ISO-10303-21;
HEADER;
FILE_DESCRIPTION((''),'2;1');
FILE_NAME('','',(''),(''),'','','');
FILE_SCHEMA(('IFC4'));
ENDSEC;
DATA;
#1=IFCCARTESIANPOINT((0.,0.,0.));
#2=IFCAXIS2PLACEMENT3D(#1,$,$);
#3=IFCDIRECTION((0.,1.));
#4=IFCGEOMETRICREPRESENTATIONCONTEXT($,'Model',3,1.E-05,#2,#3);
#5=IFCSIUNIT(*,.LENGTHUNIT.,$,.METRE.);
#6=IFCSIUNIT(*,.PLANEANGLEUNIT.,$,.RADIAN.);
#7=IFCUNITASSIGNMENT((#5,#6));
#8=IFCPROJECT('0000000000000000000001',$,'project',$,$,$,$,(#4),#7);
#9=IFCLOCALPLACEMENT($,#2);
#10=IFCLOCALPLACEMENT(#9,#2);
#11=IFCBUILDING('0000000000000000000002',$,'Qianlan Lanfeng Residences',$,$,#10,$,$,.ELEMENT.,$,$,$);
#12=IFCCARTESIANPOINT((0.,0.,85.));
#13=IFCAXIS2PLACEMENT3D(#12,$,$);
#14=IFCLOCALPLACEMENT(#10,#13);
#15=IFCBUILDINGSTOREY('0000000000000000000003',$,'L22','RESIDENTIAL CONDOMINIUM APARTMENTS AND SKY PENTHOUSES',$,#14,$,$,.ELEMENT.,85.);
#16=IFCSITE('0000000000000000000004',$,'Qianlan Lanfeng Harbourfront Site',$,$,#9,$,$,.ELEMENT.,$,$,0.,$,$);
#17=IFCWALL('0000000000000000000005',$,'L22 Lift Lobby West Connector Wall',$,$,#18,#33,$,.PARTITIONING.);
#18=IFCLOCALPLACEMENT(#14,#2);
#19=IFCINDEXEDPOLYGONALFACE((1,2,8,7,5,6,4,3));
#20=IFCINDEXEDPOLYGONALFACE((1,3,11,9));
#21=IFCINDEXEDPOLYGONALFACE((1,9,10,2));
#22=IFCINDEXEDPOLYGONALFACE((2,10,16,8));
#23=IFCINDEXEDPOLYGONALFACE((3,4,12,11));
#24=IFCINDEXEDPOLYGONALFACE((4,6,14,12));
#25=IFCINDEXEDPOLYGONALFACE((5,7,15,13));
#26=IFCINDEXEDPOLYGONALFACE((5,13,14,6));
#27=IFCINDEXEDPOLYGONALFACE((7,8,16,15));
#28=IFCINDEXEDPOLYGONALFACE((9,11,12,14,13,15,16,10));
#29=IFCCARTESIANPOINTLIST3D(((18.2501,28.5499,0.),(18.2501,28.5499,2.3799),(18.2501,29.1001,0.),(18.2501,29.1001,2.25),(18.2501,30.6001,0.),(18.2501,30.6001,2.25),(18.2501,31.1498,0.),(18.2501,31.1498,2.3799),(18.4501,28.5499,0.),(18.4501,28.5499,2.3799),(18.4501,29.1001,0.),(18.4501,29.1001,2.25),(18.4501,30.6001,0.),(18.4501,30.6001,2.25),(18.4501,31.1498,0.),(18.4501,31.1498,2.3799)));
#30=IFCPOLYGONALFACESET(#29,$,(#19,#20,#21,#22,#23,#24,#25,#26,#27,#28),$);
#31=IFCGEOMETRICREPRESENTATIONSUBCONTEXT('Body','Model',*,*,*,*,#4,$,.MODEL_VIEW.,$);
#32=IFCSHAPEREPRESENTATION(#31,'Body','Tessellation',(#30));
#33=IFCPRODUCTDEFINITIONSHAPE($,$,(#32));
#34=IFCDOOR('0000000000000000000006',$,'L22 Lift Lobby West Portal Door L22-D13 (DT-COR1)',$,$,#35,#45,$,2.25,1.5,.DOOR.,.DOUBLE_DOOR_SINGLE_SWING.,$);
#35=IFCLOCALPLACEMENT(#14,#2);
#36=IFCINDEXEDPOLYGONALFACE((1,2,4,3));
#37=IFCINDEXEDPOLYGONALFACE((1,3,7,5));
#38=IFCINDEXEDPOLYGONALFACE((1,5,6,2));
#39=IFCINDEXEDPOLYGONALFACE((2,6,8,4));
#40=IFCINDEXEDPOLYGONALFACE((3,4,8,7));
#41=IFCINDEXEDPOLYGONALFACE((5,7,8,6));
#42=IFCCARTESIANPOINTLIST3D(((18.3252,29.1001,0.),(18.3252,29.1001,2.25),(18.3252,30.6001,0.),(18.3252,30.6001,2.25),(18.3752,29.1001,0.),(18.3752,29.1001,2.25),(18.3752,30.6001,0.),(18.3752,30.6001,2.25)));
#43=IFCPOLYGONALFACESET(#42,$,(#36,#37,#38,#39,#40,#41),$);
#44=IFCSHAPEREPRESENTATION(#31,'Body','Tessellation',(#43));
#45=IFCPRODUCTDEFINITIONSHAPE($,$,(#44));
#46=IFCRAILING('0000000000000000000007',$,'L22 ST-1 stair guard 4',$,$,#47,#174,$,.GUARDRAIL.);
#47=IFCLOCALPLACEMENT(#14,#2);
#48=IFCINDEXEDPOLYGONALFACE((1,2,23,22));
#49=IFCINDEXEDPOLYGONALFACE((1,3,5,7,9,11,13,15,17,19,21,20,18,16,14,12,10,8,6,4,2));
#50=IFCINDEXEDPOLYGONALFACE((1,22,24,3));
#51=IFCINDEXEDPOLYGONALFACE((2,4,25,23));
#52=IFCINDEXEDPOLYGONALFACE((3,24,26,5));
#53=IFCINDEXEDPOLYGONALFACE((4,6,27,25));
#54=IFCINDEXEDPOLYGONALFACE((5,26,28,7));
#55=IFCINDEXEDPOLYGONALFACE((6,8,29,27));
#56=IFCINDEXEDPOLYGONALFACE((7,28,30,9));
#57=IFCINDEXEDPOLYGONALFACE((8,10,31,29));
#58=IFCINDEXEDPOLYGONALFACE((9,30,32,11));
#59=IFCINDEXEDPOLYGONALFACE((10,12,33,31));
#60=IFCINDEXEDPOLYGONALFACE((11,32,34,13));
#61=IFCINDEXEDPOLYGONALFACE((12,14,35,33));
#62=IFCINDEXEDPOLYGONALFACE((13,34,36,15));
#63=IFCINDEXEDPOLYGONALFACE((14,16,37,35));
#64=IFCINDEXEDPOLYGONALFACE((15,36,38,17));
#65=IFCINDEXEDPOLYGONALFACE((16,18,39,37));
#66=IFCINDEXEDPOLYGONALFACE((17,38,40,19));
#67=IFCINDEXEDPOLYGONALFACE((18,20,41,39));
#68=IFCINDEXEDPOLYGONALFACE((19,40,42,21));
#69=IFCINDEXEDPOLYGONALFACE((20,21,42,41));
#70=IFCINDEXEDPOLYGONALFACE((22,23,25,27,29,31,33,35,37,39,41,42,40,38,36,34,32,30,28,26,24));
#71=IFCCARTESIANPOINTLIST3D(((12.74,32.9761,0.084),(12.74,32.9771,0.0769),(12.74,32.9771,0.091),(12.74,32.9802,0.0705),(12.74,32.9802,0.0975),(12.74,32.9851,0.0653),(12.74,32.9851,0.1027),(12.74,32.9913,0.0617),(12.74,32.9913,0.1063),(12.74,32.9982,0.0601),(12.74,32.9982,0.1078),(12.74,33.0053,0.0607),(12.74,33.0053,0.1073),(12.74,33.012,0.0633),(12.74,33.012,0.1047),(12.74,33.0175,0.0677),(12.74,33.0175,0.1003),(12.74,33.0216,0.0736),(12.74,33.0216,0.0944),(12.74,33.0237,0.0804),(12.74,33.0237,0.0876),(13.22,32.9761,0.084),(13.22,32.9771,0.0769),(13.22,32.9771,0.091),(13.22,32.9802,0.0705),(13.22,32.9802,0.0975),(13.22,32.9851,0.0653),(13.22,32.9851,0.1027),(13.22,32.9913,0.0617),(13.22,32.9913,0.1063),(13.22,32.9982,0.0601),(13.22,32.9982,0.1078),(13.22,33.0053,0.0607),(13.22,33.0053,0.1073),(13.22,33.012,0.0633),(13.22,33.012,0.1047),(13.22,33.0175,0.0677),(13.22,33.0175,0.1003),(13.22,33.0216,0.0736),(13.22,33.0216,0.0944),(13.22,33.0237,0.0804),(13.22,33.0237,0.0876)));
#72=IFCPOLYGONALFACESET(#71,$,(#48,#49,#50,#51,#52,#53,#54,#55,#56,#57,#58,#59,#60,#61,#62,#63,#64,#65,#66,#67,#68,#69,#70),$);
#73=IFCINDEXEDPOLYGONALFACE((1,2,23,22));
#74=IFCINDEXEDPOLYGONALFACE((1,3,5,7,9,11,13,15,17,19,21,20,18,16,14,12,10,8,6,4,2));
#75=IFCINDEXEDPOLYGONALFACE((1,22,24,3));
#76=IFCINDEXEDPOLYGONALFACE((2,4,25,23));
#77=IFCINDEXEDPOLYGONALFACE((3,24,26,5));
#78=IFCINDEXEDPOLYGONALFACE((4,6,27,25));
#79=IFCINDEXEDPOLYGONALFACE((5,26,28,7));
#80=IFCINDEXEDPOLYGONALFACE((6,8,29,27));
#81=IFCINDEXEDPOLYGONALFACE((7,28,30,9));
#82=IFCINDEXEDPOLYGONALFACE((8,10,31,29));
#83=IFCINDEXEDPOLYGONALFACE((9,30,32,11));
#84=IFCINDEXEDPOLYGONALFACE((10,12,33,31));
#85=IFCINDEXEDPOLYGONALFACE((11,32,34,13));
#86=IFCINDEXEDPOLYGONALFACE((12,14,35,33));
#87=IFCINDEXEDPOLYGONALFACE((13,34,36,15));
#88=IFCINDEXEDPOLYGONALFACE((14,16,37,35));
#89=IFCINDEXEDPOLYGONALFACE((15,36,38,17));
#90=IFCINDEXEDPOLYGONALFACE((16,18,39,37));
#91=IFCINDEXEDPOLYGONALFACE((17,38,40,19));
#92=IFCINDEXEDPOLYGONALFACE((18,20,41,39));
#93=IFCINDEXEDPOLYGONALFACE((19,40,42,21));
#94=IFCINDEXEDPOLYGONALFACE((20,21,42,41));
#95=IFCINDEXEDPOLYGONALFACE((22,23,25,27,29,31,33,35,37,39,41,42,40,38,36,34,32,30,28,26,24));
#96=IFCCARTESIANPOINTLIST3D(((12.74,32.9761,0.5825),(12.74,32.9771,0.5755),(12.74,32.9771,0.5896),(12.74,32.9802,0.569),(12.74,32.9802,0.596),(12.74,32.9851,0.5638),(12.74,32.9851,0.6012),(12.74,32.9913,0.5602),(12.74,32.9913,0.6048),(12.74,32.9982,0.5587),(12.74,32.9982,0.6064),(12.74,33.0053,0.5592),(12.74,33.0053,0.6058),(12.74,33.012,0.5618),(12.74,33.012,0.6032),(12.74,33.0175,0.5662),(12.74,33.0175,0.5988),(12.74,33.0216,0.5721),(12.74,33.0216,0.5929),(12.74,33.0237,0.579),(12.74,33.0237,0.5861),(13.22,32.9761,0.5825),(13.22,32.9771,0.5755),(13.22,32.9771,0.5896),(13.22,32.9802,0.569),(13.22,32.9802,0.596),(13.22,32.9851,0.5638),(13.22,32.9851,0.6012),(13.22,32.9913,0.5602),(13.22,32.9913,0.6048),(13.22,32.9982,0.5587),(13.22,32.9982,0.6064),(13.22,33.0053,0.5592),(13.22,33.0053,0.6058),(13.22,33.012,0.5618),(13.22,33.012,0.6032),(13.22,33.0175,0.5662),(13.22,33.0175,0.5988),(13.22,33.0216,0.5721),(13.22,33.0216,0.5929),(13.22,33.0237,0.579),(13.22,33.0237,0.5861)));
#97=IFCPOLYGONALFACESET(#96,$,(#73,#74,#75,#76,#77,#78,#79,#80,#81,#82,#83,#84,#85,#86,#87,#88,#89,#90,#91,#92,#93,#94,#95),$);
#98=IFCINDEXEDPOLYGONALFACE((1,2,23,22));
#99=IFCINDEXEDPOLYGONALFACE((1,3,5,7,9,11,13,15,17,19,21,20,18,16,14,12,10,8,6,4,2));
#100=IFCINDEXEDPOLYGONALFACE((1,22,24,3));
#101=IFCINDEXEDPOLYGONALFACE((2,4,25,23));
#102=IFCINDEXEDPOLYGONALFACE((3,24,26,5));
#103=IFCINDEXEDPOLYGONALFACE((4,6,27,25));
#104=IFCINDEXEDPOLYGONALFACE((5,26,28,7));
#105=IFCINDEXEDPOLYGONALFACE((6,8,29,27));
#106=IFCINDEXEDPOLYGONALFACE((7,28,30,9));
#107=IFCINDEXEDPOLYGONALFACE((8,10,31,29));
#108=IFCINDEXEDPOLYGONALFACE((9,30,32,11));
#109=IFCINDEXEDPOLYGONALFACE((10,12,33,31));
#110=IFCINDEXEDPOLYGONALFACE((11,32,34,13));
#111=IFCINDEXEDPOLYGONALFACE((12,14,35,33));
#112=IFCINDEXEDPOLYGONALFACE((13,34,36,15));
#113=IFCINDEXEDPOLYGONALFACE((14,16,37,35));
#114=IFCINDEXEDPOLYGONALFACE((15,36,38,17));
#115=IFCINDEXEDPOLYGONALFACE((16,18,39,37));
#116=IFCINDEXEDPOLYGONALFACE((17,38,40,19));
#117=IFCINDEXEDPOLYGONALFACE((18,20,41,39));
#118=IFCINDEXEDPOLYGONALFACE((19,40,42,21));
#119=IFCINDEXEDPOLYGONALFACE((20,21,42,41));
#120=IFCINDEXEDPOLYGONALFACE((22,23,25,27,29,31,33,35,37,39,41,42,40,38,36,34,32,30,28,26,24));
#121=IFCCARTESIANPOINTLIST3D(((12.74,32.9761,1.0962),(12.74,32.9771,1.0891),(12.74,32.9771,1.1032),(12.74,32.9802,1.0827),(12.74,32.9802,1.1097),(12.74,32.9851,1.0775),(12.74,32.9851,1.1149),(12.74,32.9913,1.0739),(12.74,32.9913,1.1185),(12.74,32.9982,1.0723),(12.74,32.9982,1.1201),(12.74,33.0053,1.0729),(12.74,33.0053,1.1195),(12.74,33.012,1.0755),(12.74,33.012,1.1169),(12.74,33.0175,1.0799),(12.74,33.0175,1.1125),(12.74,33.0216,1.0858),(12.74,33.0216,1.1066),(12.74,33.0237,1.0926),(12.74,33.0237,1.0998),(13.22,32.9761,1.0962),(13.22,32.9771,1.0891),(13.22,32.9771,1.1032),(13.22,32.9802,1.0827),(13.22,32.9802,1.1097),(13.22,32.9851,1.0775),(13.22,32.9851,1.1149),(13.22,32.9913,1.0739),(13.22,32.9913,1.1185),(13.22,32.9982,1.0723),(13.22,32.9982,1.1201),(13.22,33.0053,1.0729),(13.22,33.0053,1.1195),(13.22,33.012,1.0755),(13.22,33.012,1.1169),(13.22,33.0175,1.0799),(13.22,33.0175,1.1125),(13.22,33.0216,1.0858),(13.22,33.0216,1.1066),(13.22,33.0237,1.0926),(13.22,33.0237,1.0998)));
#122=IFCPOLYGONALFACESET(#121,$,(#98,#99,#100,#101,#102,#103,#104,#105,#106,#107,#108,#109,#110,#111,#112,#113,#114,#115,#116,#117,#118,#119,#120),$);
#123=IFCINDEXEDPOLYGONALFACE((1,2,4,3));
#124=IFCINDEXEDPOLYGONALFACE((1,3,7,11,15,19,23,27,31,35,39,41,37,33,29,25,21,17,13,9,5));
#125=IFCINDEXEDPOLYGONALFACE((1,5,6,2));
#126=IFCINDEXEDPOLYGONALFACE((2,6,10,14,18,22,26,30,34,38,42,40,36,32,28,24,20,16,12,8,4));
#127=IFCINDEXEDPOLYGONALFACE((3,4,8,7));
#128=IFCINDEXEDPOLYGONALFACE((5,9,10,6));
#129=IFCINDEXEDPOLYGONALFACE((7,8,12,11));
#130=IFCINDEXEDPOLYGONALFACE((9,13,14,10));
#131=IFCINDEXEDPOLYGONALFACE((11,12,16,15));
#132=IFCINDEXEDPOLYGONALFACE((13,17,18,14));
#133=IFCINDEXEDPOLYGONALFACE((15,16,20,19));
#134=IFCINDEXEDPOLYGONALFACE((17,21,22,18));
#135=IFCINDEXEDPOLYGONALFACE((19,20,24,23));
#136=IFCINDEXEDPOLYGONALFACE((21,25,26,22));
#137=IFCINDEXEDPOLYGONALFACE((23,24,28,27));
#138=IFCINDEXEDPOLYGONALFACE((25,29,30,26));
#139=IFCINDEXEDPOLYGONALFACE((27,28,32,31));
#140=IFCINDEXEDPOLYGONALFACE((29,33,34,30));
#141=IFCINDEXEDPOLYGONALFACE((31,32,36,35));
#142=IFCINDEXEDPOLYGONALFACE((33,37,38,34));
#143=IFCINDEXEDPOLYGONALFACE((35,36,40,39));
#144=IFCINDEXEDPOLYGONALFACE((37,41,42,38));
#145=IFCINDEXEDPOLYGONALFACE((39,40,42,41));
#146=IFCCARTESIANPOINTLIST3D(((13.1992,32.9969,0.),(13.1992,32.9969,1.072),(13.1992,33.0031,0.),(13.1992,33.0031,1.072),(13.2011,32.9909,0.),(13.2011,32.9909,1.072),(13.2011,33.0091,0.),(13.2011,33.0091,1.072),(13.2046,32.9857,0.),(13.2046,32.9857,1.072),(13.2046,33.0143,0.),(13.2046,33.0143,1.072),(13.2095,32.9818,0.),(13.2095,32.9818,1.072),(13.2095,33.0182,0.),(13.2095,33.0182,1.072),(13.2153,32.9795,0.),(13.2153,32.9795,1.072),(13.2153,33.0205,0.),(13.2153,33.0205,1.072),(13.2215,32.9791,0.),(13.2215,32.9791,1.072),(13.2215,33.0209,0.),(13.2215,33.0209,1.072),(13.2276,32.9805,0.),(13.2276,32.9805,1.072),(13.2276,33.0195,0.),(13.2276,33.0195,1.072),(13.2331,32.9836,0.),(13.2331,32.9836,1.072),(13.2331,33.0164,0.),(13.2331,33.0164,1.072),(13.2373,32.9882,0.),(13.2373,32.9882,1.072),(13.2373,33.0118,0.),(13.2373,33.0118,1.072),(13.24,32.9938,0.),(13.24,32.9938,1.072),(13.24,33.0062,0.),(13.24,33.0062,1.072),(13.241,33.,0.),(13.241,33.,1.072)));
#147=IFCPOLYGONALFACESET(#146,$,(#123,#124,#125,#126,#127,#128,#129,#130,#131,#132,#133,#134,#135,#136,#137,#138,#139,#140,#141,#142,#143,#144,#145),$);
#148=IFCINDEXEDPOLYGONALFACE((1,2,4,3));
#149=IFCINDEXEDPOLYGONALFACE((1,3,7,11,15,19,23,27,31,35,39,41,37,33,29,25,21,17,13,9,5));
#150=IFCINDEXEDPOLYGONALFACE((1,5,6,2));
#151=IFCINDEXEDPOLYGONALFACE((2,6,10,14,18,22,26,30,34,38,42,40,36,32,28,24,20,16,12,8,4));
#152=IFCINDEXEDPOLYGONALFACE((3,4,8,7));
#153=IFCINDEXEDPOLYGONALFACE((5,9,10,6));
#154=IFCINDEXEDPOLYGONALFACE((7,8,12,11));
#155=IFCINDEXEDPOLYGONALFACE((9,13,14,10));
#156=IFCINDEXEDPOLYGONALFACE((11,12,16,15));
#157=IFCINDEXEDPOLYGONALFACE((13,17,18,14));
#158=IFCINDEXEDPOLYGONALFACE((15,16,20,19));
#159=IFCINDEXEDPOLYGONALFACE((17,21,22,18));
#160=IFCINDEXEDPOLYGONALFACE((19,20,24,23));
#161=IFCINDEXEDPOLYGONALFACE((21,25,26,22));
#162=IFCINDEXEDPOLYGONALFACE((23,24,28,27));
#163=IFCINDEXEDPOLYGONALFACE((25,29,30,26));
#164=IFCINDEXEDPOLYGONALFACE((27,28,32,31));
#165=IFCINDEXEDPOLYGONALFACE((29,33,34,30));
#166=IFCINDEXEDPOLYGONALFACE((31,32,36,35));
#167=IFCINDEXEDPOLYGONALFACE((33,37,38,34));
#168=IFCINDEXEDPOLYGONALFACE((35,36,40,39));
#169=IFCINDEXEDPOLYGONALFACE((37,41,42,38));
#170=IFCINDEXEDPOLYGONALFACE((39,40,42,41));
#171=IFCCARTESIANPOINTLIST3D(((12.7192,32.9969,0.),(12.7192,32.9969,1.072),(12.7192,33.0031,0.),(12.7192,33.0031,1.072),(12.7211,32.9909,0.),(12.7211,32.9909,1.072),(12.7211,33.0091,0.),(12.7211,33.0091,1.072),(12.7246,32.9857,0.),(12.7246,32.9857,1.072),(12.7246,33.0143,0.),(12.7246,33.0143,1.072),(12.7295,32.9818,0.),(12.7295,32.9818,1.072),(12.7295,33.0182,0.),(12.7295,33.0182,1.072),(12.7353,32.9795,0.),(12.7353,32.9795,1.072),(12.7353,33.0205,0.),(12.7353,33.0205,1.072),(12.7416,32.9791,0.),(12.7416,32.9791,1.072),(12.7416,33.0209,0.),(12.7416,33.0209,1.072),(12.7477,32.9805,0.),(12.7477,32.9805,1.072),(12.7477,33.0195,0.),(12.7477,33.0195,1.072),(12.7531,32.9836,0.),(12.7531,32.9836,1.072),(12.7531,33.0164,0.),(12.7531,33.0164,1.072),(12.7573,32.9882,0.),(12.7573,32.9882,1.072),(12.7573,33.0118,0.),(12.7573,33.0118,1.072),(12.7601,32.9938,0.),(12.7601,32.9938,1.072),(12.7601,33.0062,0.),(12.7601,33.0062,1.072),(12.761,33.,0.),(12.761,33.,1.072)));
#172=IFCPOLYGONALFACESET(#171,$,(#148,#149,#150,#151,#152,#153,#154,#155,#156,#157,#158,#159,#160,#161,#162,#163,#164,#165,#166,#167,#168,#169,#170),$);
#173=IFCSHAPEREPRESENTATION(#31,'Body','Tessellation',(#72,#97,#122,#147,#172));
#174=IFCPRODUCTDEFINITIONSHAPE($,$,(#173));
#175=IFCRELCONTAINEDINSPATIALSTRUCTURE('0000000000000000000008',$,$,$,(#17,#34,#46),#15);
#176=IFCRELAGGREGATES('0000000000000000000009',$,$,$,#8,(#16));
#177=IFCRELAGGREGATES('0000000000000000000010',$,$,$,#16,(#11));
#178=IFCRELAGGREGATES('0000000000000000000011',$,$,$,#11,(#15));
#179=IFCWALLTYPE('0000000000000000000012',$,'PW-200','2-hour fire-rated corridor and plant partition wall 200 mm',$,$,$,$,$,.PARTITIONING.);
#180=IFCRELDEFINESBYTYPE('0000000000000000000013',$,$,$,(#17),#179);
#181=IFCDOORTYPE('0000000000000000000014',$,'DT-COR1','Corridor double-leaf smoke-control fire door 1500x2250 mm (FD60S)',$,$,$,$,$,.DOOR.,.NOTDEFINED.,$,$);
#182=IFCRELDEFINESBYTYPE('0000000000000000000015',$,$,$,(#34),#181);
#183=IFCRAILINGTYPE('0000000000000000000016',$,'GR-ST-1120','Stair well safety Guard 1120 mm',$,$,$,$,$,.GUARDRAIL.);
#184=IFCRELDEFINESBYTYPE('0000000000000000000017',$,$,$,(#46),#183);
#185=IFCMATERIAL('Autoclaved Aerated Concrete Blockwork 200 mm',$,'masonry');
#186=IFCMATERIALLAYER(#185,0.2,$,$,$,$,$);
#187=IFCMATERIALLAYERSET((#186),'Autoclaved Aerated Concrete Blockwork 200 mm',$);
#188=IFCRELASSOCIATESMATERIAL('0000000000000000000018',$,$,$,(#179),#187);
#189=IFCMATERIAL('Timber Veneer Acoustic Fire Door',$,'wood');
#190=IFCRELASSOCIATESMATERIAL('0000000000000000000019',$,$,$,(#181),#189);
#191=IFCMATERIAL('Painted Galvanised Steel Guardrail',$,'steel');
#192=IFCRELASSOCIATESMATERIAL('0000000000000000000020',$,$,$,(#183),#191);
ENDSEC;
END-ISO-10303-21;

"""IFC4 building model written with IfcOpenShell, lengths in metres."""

from ifc_helpers import new_model, si_unit, direction, frame, frame_2d, origin, origin_2d, place, context, subcontext, project, spatial, rectangle, circle, extrude, material, layer, layer_set, type_object, element, fill, save


model = new_model("IFC4")

# Units and contexts
model_context = context("Model", 3, precision=1e-05, world=origin(), true_north=direction((0.0, 1.0)))
body_context = subcontext(model_context, "Body", "Model", "MODEL_VIEW")
ifc_project = project(units=[si_unit("LENGTHUNIT", "METRE"), si_unit("PLANEANGLEUNIT", "RADIAN")], contexts=[model_context])

# Site, building, storey
site_placement = place(None, origin())
site = spatial("IfcSite", under=ifc_project, at=site_placement, Name="Qianlan Lanfeng Harbourfront Site", CompositionType="ELEMENT", RefElevation=0.0)
building_placement = place(site_placement, origin())
building = spatial("IfcBuilding", under=site, at=building_placement, Name="Qianlan Lanfeng Residences", CompositionType="ELEMENT")
storey_placement = place(building_placement, frame((0.0, 0.0, 85.0)))
storey = spatial("IfcBuildingStorey", under=building, at=storey_placement, Name="L22", Description="RESIDENTIAL CONDOMINIUM APARTMENTS AND SKY PENTHOUSES", CompositionType="ELEMENT", Elevation=85.0)

# Wall, opening, door
ifc_material_1 = material(Name="Autoclaved Aerated Concrete Blockwork 200 mm", Category="masonry")
ifc_layer_1 = layer(ifc_material_1, 0.2)
ifc_layer_set_1 = layer_set([ifc_layer_1], Name="Autoclaved Aerated Concrete Blockwork 200 mm")
wall_type_1 = type_object("IfcWallType", Name="PW-200", Description="2-hour fire-rated corridor and plant partition wall 200 mm", PredefinedType="PARTITIONING", material=ifc_layer_set_1)
wall_1_placement = place(storey_placement, frame((18.3501, 28.55, 0.0), z_axis=(0.0, 0.0, 1.0), x_axis=(0.0, 1.0, 0.0)))
wall_1 = element("IfcWall", 1, at=wall_1_placement, inside=storey, type_object=wall_type_1, Name="L22 Lift Lobby West Connector Wall", PredefinedType="PARTITIONING", context=body_context, shape_type="SweptSolid", body=[
    extrude(rectangle(XDim=2.5999, YDim=0.2, at=frame_2d((1.2998, 0.0))), origin(), (0.0, 0.0, 1.0), 2.3799),
])
opening_1_placement = place(wall_1_placement, frame((0.55, 0.0, 0.0)))
opening_1 = element("IfcOpeningElement", 2, at=opening_1_placement, cuts=wall_1, PredefinedType="OPENING", context=body_context, shape_type="SweptSolid", body=[
    extrude(rectangle(XDim=1.5, YDim=2.25, at=frame_2d((0.75, 1.125))), frame((0.0, 0.1099, 0.0), z_axis=(0.0, -1.0, 0.0), x_axis=(1.0, 0.0, 0.0)), (0.0, 0.0, 1.0), 0.22),
])
ifc_material_2 = material(Name="Timber Veneer Acoustic Fire Door", Category="wood")
door_type_1 = type_object("IfcDoorType", Name="DT-COR1", Description="Corridor double-leaf smoke-control fire door 1500x2250 mm (FD60S)", OperationType="NOTDEFINED", PredefinedType="DOOR", material=ifc_material_2)
door_1_placement = place(opening_1_placement, origin())
door_1 = element("IfcDoor", 3, at=door_1_placement, inside=storey, type_object=door_type_1, Name="L22 Lift Lobby West Portal Door L22-D13 (DT-COR1)", OperationType="DOUBLE_DOOR_SINGLE_SWING", OverallHeight=2.25, OverallWidth=1.5, PredefinedType="DOOR", context=body_context, shape_type="SweptSolid", body=[
    extrude(rectangle(XDim=1.5, YDim=2.25, at=frame_2d((0.75, 1.125))), frame((0.0, 0.0249, 0.0), z_axis=(0.0, -1.0, 0.0), x_axis=(1.0, 0.0, 0.0)), (0.0, 0.0, 1.0), 0.05),
])
fill(opening_1, door_1)

# Railing
ifc_material_3 = material(Name="Painted Galvanised Steel Guardrail", Category="steel")
railing_type = type_object("IfcRailingType", Name="GR-ST-1120", Description="Stair well safety Guard 1120 mm", PredefinedType="GUARDRAIL", material=ifc_material_3)
railing_placement = place(storey_placement, frame((13.22, 33.0, 0.0)))
element("IfcRailing", 4, at=railing_placement, inside=storey, type_object=railing_type, Name="L22 ST-1 stair guard 4", PredefinedType="GUARDRAIL", context=body_context, shape_type="SweptSolid", body=[
    extrude(circle(Radius=0.0239, at=origin_2d()), frame((0.0, 0.0, 0.084), z_axis=(-1.0, 0.0, 0.0), x_axis=(0.0, -1.0, 0.0)), (0.0, 0.0, 1.0), 0.48),
    extrude(circle(Radius=0.0239, at=origin_2d()), frame((0.0, 0.0, 0.5825), z_axis=(-1.0, 0.0, 0.0), x_axis=(0.0, -1.0, 0.0)), (0.0, 0.0, 1.0), 0.48),
    extrude(circle(Radius=0.0239, at=origin_2d()), frame((0.0, 0.0, 1.0962), z_axis=(-1.0, 0.0, 0.0), x_axis=(0.0, -1.0, 0.0)), (0.0, 0.0, 1.0), 0.48),
    extrude(circle(Radius=0.021, at=origin_2d()), origin(), (0.0, 0.0, 1.0), 1.072),
    extrude(circle(Radius=0.021, at=origin_2d()), frame((-0.48, 0.0, 0.0)), (0.0, 0.0, 1.0), 1.072),
])

save(model, "model.ifc")
